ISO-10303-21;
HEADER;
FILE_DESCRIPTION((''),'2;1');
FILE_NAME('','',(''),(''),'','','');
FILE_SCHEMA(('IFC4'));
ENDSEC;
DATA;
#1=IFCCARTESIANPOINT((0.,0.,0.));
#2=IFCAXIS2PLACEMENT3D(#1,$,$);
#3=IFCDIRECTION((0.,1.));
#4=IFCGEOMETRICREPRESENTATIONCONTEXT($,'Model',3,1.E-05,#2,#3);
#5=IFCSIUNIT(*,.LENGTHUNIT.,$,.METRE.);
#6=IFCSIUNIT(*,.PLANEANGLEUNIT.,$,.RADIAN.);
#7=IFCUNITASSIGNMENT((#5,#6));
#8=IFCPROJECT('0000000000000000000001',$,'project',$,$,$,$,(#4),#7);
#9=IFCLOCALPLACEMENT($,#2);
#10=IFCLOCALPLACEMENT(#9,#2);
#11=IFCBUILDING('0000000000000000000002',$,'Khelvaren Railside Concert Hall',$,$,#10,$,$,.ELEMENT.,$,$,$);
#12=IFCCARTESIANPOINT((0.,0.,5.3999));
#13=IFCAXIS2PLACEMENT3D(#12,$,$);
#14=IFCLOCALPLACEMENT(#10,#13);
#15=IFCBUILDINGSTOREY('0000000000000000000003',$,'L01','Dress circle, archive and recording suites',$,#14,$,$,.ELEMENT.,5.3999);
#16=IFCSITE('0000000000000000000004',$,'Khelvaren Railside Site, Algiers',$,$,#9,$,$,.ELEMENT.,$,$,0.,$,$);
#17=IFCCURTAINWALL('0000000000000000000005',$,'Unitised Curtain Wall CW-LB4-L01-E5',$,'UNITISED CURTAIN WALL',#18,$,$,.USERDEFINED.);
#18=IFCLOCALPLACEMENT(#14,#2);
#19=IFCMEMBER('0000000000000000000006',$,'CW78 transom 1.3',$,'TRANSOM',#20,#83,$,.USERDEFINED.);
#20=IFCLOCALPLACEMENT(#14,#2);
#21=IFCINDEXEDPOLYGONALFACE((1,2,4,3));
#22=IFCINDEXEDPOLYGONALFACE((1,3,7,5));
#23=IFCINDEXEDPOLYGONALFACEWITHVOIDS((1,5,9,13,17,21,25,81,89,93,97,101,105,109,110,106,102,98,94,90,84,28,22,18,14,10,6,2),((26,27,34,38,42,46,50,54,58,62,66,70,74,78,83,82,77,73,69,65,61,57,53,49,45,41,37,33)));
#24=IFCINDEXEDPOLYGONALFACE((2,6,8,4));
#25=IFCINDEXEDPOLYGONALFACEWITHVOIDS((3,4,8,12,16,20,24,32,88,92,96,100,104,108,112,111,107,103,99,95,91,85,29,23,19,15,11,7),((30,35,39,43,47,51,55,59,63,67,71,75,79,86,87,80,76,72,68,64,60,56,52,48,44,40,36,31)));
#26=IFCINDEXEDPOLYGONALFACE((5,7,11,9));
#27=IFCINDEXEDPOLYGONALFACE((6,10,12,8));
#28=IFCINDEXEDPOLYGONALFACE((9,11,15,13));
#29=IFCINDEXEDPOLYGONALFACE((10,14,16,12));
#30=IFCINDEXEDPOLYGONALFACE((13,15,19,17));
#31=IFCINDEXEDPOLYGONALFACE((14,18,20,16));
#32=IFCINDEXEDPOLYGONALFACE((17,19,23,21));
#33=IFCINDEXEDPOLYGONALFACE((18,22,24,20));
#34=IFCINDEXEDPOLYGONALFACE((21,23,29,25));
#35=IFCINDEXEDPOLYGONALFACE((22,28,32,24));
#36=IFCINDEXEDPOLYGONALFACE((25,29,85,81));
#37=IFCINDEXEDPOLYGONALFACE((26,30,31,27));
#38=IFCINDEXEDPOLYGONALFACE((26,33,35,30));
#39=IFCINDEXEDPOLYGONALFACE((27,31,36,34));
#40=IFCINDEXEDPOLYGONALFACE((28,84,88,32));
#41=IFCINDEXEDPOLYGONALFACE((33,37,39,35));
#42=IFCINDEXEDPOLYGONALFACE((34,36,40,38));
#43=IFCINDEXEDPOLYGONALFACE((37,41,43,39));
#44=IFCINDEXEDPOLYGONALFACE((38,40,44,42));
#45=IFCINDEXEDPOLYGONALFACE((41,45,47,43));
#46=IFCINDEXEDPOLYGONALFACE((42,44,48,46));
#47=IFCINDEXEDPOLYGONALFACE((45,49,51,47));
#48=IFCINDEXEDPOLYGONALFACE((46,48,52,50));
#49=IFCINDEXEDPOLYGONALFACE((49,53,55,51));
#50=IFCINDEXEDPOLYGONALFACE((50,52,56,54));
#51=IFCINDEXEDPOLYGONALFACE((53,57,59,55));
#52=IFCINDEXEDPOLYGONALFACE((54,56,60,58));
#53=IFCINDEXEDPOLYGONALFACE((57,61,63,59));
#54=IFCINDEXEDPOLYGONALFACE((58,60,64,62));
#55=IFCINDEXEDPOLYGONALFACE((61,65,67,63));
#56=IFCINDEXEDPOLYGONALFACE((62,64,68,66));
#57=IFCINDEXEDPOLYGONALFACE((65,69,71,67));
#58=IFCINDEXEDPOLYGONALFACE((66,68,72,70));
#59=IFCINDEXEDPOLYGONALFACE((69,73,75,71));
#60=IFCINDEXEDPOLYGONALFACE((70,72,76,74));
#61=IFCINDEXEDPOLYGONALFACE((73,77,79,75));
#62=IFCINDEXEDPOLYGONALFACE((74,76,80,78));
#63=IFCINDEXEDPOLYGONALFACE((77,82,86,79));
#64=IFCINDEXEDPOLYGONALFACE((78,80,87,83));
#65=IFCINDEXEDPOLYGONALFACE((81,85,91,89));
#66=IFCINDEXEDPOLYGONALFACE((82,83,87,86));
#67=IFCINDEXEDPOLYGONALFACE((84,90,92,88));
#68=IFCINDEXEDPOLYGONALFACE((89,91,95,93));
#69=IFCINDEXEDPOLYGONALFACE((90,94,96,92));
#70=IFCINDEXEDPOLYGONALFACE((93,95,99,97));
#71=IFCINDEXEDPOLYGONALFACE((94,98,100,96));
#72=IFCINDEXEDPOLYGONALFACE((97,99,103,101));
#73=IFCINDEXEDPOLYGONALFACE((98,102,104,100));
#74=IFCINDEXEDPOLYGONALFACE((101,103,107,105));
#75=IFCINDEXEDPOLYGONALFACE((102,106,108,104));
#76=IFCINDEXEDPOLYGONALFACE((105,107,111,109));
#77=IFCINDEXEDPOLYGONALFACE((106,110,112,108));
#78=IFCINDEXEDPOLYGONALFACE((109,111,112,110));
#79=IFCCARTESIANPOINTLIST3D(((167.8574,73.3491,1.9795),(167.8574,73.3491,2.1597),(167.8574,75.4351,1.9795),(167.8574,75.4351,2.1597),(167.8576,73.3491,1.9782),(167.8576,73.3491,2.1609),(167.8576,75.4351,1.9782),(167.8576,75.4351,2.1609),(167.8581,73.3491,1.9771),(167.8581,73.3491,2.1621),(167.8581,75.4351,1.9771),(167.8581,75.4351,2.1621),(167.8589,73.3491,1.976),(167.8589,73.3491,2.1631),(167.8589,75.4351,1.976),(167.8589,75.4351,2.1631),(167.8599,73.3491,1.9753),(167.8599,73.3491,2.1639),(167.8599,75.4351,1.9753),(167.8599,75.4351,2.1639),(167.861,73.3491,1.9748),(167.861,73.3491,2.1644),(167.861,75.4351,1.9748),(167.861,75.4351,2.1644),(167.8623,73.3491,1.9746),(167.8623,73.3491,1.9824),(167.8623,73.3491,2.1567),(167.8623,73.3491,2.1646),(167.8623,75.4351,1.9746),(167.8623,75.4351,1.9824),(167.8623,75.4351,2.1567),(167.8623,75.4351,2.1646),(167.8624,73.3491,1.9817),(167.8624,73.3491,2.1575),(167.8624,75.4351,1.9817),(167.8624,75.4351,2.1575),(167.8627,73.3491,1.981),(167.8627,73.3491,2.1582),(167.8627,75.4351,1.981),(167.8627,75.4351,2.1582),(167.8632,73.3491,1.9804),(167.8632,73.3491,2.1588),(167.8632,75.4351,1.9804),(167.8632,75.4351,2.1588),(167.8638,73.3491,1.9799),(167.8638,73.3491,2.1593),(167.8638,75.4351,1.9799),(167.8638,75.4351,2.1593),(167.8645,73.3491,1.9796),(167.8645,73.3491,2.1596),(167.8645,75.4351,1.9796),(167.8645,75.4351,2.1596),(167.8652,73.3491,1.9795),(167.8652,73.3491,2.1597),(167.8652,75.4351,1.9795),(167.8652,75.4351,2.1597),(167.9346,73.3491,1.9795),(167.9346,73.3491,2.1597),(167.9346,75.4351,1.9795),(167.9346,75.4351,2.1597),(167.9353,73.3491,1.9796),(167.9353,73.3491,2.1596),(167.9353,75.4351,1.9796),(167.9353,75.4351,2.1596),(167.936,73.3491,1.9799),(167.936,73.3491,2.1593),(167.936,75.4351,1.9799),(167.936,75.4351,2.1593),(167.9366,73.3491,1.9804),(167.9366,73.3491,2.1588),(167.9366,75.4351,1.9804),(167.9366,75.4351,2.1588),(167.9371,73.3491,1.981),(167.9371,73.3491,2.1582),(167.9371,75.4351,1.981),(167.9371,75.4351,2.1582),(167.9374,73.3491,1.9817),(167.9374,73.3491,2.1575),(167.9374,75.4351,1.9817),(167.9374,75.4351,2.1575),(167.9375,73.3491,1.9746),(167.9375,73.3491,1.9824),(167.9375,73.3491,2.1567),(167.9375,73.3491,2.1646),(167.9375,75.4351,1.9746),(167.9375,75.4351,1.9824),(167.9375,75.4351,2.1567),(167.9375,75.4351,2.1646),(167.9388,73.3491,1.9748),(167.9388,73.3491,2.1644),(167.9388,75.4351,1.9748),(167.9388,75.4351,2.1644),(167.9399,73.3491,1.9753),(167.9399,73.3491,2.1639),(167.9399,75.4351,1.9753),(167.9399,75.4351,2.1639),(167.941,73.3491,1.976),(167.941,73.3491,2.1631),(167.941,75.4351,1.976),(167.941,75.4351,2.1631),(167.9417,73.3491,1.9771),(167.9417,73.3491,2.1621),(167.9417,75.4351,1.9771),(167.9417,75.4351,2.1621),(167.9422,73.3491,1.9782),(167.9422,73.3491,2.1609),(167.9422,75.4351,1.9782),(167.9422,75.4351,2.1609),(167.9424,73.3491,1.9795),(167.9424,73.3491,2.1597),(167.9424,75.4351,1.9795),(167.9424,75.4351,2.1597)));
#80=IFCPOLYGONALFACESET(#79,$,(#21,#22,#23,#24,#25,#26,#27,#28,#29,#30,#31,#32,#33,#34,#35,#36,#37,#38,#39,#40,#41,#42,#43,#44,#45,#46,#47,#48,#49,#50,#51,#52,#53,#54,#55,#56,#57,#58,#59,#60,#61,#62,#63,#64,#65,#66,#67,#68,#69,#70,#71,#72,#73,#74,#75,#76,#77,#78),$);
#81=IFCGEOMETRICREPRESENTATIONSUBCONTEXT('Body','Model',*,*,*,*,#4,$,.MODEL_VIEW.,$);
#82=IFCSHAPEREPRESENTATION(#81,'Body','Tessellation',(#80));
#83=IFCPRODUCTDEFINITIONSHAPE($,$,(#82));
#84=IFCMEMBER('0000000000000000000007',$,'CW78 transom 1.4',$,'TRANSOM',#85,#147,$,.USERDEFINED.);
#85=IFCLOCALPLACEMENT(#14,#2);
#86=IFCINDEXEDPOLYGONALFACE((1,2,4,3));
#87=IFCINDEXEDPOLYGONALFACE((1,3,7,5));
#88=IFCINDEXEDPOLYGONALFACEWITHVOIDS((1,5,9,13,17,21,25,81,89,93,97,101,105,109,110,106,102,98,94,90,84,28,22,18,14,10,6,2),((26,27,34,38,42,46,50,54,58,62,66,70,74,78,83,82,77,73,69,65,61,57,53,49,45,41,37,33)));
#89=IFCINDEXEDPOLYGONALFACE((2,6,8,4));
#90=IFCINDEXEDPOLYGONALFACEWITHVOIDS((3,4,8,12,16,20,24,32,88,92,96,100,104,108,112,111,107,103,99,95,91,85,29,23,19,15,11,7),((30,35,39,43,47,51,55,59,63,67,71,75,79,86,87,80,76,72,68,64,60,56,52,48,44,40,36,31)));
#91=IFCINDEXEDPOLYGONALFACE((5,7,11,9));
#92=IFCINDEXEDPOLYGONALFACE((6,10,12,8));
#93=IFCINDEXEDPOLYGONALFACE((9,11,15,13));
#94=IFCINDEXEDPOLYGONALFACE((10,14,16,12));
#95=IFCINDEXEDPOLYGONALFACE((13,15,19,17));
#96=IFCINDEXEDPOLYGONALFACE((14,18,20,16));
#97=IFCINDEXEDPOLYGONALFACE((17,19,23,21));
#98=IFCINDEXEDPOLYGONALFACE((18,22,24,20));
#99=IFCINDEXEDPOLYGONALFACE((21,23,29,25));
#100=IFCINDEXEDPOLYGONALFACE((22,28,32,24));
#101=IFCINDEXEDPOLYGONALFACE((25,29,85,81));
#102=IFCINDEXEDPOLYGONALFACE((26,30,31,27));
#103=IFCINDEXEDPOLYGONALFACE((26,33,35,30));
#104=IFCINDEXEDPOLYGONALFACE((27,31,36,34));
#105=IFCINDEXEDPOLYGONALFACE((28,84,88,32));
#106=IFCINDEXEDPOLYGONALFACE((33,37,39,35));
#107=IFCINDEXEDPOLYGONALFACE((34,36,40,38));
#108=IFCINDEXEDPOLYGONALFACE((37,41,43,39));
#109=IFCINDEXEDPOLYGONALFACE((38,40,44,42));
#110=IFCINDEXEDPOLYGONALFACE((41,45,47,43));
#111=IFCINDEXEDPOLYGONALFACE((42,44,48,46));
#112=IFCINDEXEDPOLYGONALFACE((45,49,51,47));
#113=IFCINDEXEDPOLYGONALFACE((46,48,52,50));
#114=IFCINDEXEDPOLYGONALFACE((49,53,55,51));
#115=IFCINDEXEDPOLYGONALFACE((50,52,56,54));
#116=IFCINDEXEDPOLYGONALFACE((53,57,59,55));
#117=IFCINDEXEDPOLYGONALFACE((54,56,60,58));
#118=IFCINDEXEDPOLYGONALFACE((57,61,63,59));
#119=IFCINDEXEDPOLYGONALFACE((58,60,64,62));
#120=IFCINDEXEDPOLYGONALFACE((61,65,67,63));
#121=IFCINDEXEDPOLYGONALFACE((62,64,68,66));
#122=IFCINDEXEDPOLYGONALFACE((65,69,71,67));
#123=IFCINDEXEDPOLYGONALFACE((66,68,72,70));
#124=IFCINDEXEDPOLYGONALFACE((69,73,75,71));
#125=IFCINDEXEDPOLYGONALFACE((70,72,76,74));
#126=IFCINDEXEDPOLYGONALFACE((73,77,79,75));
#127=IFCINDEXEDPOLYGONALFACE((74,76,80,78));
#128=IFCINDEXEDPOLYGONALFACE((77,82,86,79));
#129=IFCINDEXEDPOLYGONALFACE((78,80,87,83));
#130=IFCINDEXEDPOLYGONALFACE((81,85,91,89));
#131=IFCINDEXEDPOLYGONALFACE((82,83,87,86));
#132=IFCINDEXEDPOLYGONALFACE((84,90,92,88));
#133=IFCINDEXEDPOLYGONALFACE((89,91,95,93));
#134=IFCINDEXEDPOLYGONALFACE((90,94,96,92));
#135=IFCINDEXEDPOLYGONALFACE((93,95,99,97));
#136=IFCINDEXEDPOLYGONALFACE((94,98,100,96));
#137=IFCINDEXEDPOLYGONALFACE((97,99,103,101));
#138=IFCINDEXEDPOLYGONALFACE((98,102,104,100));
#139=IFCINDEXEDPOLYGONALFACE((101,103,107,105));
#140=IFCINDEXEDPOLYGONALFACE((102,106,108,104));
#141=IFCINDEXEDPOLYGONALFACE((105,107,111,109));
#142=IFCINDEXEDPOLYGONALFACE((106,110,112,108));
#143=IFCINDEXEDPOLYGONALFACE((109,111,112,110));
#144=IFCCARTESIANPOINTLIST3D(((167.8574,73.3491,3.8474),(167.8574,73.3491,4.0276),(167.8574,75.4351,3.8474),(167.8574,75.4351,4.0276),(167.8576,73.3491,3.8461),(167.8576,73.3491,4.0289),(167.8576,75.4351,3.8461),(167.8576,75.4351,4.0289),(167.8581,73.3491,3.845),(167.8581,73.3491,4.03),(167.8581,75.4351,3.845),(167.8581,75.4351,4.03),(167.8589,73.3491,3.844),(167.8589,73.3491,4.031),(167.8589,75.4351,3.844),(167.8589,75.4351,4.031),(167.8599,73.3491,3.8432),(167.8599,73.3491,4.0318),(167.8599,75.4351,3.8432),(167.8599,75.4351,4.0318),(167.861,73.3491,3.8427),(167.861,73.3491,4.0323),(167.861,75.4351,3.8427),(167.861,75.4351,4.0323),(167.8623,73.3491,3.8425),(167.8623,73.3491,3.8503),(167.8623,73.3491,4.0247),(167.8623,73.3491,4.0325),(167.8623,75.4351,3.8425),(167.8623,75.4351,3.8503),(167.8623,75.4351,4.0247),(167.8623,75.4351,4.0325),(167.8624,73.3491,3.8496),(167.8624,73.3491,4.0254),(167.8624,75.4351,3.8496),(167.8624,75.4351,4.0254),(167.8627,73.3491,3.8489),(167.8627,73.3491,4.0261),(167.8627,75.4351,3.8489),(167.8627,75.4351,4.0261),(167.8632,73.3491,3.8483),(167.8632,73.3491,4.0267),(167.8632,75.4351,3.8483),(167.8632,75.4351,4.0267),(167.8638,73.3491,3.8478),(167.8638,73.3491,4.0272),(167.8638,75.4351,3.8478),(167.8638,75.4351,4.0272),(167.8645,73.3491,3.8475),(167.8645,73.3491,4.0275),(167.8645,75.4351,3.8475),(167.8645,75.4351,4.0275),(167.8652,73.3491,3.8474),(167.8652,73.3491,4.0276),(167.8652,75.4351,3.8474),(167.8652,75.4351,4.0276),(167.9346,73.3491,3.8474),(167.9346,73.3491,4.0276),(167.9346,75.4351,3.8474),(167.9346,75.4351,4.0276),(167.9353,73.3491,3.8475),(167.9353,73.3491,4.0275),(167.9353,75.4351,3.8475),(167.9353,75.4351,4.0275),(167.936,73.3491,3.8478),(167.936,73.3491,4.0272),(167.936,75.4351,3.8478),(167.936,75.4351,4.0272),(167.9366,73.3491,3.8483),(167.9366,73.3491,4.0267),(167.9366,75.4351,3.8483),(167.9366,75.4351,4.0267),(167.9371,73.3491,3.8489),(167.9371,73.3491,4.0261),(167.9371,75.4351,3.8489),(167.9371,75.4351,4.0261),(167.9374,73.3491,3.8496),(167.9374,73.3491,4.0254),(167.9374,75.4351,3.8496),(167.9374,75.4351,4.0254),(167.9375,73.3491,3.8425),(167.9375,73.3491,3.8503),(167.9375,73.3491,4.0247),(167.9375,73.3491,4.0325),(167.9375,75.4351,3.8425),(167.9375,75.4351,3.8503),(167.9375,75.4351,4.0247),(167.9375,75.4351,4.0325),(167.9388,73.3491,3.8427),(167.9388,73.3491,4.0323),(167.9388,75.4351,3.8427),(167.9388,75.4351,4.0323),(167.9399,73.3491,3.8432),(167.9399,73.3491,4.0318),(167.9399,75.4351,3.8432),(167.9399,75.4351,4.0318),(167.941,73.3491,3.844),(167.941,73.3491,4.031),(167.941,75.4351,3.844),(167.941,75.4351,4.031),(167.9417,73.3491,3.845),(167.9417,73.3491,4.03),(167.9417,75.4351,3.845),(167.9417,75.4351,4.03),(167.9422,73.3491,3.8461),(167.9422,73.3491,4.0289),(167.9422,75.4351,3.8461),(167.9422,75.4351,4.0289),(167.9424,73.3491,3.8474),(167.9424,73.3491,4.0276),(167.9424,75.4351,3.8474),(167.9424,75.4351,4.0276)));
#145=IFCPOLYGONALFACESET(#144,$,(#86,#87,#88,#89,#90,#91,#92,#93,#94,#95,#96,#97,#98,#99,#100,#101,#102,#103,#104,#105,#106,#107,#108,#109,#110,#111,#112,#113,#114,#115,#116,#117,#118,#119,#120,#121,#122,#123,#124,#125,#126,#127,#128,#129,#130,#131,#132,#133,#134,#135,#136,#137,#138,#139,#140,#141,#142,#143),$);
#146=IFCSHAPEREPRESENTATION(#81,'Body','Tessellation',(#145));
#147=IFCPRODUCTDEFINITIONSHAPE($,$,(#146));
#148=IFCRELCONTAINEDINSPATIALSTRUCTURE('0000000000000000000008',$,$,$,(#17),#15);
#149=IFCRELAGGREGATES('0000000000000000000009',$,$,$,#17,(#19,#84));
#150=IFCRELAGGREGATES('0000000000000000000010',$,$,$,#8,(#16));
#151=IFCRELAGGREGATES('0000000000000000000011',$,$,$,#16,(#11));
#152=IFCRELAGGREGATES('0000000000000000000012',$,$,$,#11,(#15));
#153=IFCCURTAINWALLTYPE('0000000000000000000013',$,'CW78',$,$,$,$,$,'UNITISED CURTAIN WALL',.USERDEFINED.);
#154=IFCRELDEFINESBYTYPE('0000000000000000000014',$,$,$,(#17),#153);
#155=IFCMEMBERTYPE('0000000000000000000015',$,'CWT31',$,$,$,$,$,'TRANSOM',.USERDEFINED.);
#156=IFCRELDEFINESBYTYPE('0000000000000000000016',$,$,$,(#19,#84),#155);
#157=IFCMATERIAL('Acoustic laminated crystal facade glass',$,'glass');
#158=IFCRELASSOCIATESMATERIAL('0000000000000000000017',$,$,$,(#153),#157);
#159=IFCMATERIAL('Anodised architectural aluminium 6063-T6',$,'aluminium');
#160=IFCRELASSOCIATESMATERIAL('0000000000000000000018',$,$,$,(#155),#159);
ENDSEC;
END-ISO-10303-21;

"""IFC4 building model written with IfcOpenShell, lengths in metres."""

from ifc_helpers import new_model, si_unit, direction, frame, origin, origin_2d, place, context, subcontext, project, spatial, hollow_rectangle, extrude, material, material_profile, profile_set, type_object, element, aggregate, save


model = new_model("IFC4")

# Units and contexts
model_context = context("Model", 3, precision=1e-05, world=origin(), true_north=direction((0.0, 1.0)))
body_context = subcontext(model_context, "Body", "Model", "MODEL_VIEW")
ifc_project = project(units=[si_unit("LENGTHUNIT", "METRE"), si_unit("PLANEANGLEUNIT", "RADIAN")], contexts=[model_context])

# Site, building, storey
site_placement = place(None, origin())
site = spatial("IfcSite", under=ifc_project, at=site_placement, Name="Khelvaren Railside Site, Algiers", CompositionType="ELEMENT", RefElevation=0.0)
building_placement = place(site_placement, origin())
building = spatial("IfcBuilding", under=site, at=building_placement, Name="Khelvaren Railside Concert Hall", CompositionType="ELEMENT")
storey_placement = place(building_placement, frame((0.0, 0.0, 5.3999)))
storey = spatial("IfcBuildingStorey", under=building, at=storey_placement, Name="L01", Description="Dress circle, archive and recording suites", CompositionType="ELEMENT", Elevation=5.3999)

# Shared definitions
ifc_material_1 = material(Name="Acoustic laminated crystal facade glass", Category="glass")
curtain_wall_type = type_object("IfcCurtainWallType", Name="CW78", ElementType="UNITISED CURTAIN WALL", PredefinedType="USERDEFINED", material=ifc_material_1)
ifc_material_2 = material(Name="Anodised architectural aluminium 6063-T6", Category="aluminium")

# Curtain wall, members
curtain_wall_1_placement = place(storey_placement, origin())
curtain_wall_1 = element("IfcCurtainWall", 1, at=curtain_wall_1_placement, inside=storey, type_object=curtain_wall_type, Name="Unitised Curtain Wall CW-LB4-L01-E5", ObjectType="UNITISED CURTAIN WALL", PredefinedType="USERDEFINED")
ifc_material_profile_1 = material_profile(ifc_material_2, hollow_rectangle(XDim=0.085, YDim=0.1899, WallThickness=0.0049, InnerFilletRadius=0.0029, OuterFilletRadius=0.0049, at=origin_2d()), Name="CWT 85x190x5")
ifc_profile_set_1 = profile_set([ifc_material_profile_1], Name="Anodised architectural aluminium 6063-T6")
member_type_1 = type_object("IfcMemberType", Name="CWT31", ElementType="TRANSOM", PredefinedType="USERDEFINED", material=ifc_profile_set_1)
member_1_placement = place(storey_placement, frame((167.8999, 75.4351, 2.0696), z_axis=(0.0, -1.0, 0.0), x_axis=(1.0, 0.0, 0.0)))
member_1 = element("IfcMember", 2, at=member_1_placement, type_object=member_type_1, Name="CW78 transom 1.3", ObjectType="TRANSOM", PredefinedType="USERDEFINED", context=body_context, shape_type="SweptSolid", body=[
    extrude(hollow_rectangle(XDim=0.085, YDim=0.1899, WallThickness=0.0049, InnerFilletRadius=0.0029, OuterFilletRadius=0.0049, at=origin_2d()), origin(), (0.0, 0.0, 1.0), 2.0859),
])
member_2_placement = place(storey_placement, frame((167.8999, 75.4351, 3.9375), z_axis=(0.0, -1.0, 0.0), x_axis=(1.0, 0.0, 0.0)))
member_2 = element("IfcMember", 3, at=member_2_placement, type_object=member_type_1, Name="CW78 transom 1.4", ObjectType="TRANSOM", PredefinedType="USERDEFINED", context=body_context, shape_type="SweptSolid", body=[
    extrude(hollow_rectangle(XDim=0.085, YDim=0.1899, WallThickness=0.0049, InnerFilletRadius=0.0029, OuterFilletRadius=0.0049, at=origin_2d()), origin(), (0.0, 0.0, 1.0), 2.0859),
])

aggregate(curtain_wall_1, [member_1, member_2])

save(model, "model.ifc")
